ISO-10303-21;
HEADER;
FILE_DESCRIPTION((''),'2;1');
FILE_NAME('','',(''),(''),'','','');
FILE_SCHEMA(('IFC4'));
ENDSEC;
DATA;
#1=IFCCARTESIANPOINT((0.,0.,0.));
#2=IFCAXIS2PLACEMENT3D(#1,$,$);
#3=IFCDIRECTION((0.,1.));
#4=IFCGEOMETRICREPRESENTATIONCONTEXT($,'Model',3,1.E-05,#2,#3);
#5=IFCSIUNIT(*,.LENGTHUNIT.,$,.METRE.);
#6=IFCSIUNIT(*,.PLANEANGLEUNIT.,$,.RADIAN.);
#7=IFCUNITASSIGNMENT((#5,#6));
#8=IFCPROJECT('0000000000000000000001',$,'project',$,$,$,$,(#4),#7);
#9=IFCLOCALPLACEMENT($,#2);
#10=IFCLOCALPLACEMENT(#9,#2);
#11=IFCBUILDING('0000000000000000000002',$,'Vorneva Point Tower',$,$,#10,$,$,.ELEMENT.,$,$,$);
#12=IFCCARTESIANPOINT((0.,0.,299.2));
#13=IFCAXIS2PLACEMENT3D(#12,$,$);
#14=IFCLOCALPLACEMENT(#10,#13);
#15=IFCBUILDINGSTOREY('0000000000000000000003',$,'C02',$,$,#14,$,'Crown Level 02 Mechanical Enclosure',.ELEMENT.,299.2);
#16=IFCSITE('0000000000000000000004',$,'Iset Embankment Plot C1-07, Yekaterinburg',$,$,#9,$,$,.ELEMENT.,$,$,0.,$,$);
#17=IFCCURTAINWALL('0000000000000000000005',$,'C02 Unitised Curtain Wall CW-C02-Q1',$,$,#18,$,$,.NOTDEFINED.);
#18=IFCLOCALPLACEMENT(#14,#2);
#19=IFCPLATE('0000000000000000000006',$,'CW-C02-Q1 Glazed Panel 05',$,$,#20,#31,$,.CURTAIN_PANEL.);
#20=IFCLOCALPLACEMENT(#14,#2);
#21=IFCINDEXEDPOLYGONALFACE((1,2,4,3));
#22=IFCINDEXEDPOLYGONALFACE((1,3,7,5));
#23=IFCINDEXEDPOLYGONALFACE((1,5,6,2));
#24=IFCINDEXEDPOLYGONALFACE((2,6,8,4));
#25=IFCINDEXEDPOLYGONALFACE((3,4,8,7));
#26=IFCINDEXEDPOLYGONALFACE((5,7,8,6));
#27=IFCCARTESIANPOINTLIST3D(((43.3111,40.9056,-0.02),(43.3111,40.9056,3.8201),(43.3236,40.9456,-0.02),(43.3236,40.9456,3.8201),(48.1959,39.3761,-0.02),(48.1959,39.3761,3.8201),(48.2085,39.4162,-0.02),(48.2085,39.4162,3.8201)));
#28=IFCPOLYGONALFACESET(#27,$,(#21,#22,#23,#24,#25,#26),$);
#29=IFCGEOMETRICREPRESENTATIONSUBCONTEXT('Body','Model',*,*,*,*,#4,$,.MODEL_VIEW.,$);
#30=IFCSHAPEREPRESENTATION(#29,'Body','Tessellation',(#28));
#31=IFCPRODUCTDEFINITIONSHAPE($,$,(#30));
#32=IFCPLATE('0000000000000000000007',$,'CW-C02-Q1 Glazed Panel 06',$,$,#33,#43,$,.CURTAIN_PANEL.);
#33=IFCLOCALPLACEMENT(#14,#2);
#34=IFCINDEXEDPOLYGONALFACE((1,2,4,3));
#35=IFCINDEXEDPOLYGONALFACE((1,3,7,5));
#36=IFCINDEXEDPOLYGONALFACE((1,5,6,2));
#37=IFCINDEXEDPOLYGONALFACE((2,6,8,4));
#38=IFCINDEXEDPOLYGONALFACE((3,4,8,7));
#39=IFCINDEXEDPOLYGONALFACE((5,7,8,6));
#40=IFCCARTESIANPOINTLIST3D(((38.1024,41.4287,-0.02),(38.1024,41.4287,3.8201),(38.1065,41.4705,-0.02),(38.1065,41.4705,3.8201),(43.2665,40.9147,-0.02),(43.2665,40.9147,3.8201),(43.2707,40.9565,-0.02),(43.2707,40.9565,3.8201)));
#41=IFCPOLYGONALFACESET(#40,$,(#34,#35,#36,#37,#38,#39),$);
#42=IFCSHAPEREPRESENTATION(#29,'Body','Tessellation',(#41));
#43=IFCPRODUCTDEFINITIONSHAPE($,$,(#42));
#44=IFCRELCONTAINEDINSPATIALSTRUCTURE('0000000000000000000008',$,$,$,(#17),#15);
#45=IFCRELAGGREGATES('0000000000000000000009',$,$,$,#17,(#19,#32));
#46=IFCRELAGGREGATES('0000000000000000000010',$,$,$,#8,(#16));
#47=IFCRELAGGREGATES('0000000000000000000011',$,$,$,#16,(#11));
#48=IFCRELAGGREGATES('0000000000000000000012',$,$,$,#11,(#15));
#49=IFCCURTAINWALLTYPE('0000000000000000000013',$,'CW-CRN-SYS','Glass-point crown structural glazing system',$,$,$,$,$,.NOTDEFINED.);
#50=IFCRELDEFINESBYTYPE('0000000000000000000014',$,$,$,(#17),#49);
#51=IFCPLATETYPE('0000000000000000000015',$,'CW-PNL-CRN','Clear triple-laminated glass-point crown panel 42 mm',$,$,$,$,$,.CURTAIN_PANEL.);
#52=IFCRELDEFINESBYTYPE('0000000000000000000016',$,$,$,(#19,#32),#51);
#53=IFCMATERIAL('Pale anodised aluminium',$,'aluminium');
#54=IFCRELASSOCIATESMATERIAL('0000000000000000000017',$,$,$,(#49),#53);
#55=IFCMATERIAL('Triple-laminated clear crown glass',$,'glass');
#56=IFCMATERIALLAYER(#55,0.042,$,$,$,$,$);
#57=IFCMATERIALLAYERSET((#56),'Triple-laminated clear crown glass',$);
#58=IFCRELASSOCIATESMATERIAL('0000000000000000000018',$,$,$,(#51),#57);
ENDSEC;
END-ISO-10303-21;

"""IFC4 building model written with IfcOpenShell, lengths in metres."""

from ifc_helpers import new_model, si_unit, direction, frame, origin, origin_2d, place, context, subcontext, project, spatial, rectangle, extrude, material, layer, layer_set, type_object, element, aggregate, save


model = new_model("IFC4")

# Units and contexts
model_context = context("Model", 3, precision=1e-05, world=origin(), true_north=direction((0.0, 1.0)))
body_context = subcontext(model_context, "Body", "Model", "MODEL_VIEW")
ifc_project = project(units=[si_unit("LENGTHUNIT", "METRE"), si_unit("PLANEANGLEUNIT", "RADIAN")], contexts=[model_context])

# Site, building, storey
site_placement = place(None, origin())
site = spatial("IfcSite", under=ifc_project, at=site_placement, Name="Iset Embankment Plot C1-07, Yekaterinburg", CompositionType="ELEMENT", RefElevation=0.0)
building_placement = place(site_placement, origin())
building = spatial("IfcBuilding", under=site, at=building_placement, Name="Vorneva Point Tower", CompositionType="ELEMENT")
storey_placement = place(building_placement, frame((0.0, 0.0, 299.2)))
storey = spatial("IfcBuildingStorey", under=building, at=storey_placement, Name="C02", LongName="Crown Level 02 Mechanical Enclosure", CompositionType="ELEMENT", Elevation=299.2)

# Curtain wall
ifc_material_1 = material(Name="Pale anodised aluminium", Category="aluminium")
curtain_wall_type = type_object("IfcCurtainWallType", Name="CW-CRN-SYS", Description="Glass-point crown structural glazing system", PredefinedType="NOTDEFINED", material=ifc_material_1)
curtain_wall_placement = place(storey_placement, origin())
curtain_wall = element("IfcCurtainWall", 1, at=curtain_wall_placement, inside=storey, type_object=curtain_wall_type, Name="C02 Unitised Curtain Wall CW-C02-Q1", PredefinedType="NOTDEFINED")

# Plates
ifc_material_2 = material(Name="Triple-laminated clear crown glass", Category="glass")
ifc_layer = layer(ifc_material_2, 0.042)
ifc_layer_set = layer_set([ifc_layer], Name="Triple-laminated clear crown glass")
plate_type = type_object("IfcPlateType", Name="CW-PNL-CRN", Description="Clear triple-laminated glass-point crown panel 42 mm", PredefinedType="CURTAIN_PANEL", material=ifc_layer_set)
plate_1_placement = place(storey_placement, frame((45.7598, 40.1609, -0.02), z_axis=(0.0, 0.0, 1.0), x_axis=(-0.954319, 0.298791, 0.0)))
plate_1 = element("IfcPlate", 2, at=plate_1_placement, type_object=plate_type, Name="CW-C02-Q1 Glazed Panel 05", PredefinedType="CURTAIN_PANEL", context=body_context, shape_type="SweptSolid", body=[
    extrude(rectangle(XDim=5.1187, YDim=0.042, at=origin_2d()), origin(), (0.0, 0.0, 1.0), 3.8401),
])
plate_2_placement = place(storey_placement, frame((40.6865, 41.1926, -0.02), z_axis=(0.0, 0.0, 1.0), x_axis=(-0.995083, 0.099042, 0.0)))
plate_2 = element("IfcPlate", 3, at=plate_2_placement, type_object=plate_type, Name="CW-C02-Q1 Glazed Panel 06", PredefinedType="CURTAIN_PANEL", context=body_context, shape_type="SweptSolid", body=[
    extrude(rectangle(XDim=5.1897, YDim=0.042, at=origin_2d()), origin(), (0.0, 0.0, 1.0), 3.8401),
])
aggregate(curtain_wall, [plate_1, plate_2])

save(model, "model.ifc")
